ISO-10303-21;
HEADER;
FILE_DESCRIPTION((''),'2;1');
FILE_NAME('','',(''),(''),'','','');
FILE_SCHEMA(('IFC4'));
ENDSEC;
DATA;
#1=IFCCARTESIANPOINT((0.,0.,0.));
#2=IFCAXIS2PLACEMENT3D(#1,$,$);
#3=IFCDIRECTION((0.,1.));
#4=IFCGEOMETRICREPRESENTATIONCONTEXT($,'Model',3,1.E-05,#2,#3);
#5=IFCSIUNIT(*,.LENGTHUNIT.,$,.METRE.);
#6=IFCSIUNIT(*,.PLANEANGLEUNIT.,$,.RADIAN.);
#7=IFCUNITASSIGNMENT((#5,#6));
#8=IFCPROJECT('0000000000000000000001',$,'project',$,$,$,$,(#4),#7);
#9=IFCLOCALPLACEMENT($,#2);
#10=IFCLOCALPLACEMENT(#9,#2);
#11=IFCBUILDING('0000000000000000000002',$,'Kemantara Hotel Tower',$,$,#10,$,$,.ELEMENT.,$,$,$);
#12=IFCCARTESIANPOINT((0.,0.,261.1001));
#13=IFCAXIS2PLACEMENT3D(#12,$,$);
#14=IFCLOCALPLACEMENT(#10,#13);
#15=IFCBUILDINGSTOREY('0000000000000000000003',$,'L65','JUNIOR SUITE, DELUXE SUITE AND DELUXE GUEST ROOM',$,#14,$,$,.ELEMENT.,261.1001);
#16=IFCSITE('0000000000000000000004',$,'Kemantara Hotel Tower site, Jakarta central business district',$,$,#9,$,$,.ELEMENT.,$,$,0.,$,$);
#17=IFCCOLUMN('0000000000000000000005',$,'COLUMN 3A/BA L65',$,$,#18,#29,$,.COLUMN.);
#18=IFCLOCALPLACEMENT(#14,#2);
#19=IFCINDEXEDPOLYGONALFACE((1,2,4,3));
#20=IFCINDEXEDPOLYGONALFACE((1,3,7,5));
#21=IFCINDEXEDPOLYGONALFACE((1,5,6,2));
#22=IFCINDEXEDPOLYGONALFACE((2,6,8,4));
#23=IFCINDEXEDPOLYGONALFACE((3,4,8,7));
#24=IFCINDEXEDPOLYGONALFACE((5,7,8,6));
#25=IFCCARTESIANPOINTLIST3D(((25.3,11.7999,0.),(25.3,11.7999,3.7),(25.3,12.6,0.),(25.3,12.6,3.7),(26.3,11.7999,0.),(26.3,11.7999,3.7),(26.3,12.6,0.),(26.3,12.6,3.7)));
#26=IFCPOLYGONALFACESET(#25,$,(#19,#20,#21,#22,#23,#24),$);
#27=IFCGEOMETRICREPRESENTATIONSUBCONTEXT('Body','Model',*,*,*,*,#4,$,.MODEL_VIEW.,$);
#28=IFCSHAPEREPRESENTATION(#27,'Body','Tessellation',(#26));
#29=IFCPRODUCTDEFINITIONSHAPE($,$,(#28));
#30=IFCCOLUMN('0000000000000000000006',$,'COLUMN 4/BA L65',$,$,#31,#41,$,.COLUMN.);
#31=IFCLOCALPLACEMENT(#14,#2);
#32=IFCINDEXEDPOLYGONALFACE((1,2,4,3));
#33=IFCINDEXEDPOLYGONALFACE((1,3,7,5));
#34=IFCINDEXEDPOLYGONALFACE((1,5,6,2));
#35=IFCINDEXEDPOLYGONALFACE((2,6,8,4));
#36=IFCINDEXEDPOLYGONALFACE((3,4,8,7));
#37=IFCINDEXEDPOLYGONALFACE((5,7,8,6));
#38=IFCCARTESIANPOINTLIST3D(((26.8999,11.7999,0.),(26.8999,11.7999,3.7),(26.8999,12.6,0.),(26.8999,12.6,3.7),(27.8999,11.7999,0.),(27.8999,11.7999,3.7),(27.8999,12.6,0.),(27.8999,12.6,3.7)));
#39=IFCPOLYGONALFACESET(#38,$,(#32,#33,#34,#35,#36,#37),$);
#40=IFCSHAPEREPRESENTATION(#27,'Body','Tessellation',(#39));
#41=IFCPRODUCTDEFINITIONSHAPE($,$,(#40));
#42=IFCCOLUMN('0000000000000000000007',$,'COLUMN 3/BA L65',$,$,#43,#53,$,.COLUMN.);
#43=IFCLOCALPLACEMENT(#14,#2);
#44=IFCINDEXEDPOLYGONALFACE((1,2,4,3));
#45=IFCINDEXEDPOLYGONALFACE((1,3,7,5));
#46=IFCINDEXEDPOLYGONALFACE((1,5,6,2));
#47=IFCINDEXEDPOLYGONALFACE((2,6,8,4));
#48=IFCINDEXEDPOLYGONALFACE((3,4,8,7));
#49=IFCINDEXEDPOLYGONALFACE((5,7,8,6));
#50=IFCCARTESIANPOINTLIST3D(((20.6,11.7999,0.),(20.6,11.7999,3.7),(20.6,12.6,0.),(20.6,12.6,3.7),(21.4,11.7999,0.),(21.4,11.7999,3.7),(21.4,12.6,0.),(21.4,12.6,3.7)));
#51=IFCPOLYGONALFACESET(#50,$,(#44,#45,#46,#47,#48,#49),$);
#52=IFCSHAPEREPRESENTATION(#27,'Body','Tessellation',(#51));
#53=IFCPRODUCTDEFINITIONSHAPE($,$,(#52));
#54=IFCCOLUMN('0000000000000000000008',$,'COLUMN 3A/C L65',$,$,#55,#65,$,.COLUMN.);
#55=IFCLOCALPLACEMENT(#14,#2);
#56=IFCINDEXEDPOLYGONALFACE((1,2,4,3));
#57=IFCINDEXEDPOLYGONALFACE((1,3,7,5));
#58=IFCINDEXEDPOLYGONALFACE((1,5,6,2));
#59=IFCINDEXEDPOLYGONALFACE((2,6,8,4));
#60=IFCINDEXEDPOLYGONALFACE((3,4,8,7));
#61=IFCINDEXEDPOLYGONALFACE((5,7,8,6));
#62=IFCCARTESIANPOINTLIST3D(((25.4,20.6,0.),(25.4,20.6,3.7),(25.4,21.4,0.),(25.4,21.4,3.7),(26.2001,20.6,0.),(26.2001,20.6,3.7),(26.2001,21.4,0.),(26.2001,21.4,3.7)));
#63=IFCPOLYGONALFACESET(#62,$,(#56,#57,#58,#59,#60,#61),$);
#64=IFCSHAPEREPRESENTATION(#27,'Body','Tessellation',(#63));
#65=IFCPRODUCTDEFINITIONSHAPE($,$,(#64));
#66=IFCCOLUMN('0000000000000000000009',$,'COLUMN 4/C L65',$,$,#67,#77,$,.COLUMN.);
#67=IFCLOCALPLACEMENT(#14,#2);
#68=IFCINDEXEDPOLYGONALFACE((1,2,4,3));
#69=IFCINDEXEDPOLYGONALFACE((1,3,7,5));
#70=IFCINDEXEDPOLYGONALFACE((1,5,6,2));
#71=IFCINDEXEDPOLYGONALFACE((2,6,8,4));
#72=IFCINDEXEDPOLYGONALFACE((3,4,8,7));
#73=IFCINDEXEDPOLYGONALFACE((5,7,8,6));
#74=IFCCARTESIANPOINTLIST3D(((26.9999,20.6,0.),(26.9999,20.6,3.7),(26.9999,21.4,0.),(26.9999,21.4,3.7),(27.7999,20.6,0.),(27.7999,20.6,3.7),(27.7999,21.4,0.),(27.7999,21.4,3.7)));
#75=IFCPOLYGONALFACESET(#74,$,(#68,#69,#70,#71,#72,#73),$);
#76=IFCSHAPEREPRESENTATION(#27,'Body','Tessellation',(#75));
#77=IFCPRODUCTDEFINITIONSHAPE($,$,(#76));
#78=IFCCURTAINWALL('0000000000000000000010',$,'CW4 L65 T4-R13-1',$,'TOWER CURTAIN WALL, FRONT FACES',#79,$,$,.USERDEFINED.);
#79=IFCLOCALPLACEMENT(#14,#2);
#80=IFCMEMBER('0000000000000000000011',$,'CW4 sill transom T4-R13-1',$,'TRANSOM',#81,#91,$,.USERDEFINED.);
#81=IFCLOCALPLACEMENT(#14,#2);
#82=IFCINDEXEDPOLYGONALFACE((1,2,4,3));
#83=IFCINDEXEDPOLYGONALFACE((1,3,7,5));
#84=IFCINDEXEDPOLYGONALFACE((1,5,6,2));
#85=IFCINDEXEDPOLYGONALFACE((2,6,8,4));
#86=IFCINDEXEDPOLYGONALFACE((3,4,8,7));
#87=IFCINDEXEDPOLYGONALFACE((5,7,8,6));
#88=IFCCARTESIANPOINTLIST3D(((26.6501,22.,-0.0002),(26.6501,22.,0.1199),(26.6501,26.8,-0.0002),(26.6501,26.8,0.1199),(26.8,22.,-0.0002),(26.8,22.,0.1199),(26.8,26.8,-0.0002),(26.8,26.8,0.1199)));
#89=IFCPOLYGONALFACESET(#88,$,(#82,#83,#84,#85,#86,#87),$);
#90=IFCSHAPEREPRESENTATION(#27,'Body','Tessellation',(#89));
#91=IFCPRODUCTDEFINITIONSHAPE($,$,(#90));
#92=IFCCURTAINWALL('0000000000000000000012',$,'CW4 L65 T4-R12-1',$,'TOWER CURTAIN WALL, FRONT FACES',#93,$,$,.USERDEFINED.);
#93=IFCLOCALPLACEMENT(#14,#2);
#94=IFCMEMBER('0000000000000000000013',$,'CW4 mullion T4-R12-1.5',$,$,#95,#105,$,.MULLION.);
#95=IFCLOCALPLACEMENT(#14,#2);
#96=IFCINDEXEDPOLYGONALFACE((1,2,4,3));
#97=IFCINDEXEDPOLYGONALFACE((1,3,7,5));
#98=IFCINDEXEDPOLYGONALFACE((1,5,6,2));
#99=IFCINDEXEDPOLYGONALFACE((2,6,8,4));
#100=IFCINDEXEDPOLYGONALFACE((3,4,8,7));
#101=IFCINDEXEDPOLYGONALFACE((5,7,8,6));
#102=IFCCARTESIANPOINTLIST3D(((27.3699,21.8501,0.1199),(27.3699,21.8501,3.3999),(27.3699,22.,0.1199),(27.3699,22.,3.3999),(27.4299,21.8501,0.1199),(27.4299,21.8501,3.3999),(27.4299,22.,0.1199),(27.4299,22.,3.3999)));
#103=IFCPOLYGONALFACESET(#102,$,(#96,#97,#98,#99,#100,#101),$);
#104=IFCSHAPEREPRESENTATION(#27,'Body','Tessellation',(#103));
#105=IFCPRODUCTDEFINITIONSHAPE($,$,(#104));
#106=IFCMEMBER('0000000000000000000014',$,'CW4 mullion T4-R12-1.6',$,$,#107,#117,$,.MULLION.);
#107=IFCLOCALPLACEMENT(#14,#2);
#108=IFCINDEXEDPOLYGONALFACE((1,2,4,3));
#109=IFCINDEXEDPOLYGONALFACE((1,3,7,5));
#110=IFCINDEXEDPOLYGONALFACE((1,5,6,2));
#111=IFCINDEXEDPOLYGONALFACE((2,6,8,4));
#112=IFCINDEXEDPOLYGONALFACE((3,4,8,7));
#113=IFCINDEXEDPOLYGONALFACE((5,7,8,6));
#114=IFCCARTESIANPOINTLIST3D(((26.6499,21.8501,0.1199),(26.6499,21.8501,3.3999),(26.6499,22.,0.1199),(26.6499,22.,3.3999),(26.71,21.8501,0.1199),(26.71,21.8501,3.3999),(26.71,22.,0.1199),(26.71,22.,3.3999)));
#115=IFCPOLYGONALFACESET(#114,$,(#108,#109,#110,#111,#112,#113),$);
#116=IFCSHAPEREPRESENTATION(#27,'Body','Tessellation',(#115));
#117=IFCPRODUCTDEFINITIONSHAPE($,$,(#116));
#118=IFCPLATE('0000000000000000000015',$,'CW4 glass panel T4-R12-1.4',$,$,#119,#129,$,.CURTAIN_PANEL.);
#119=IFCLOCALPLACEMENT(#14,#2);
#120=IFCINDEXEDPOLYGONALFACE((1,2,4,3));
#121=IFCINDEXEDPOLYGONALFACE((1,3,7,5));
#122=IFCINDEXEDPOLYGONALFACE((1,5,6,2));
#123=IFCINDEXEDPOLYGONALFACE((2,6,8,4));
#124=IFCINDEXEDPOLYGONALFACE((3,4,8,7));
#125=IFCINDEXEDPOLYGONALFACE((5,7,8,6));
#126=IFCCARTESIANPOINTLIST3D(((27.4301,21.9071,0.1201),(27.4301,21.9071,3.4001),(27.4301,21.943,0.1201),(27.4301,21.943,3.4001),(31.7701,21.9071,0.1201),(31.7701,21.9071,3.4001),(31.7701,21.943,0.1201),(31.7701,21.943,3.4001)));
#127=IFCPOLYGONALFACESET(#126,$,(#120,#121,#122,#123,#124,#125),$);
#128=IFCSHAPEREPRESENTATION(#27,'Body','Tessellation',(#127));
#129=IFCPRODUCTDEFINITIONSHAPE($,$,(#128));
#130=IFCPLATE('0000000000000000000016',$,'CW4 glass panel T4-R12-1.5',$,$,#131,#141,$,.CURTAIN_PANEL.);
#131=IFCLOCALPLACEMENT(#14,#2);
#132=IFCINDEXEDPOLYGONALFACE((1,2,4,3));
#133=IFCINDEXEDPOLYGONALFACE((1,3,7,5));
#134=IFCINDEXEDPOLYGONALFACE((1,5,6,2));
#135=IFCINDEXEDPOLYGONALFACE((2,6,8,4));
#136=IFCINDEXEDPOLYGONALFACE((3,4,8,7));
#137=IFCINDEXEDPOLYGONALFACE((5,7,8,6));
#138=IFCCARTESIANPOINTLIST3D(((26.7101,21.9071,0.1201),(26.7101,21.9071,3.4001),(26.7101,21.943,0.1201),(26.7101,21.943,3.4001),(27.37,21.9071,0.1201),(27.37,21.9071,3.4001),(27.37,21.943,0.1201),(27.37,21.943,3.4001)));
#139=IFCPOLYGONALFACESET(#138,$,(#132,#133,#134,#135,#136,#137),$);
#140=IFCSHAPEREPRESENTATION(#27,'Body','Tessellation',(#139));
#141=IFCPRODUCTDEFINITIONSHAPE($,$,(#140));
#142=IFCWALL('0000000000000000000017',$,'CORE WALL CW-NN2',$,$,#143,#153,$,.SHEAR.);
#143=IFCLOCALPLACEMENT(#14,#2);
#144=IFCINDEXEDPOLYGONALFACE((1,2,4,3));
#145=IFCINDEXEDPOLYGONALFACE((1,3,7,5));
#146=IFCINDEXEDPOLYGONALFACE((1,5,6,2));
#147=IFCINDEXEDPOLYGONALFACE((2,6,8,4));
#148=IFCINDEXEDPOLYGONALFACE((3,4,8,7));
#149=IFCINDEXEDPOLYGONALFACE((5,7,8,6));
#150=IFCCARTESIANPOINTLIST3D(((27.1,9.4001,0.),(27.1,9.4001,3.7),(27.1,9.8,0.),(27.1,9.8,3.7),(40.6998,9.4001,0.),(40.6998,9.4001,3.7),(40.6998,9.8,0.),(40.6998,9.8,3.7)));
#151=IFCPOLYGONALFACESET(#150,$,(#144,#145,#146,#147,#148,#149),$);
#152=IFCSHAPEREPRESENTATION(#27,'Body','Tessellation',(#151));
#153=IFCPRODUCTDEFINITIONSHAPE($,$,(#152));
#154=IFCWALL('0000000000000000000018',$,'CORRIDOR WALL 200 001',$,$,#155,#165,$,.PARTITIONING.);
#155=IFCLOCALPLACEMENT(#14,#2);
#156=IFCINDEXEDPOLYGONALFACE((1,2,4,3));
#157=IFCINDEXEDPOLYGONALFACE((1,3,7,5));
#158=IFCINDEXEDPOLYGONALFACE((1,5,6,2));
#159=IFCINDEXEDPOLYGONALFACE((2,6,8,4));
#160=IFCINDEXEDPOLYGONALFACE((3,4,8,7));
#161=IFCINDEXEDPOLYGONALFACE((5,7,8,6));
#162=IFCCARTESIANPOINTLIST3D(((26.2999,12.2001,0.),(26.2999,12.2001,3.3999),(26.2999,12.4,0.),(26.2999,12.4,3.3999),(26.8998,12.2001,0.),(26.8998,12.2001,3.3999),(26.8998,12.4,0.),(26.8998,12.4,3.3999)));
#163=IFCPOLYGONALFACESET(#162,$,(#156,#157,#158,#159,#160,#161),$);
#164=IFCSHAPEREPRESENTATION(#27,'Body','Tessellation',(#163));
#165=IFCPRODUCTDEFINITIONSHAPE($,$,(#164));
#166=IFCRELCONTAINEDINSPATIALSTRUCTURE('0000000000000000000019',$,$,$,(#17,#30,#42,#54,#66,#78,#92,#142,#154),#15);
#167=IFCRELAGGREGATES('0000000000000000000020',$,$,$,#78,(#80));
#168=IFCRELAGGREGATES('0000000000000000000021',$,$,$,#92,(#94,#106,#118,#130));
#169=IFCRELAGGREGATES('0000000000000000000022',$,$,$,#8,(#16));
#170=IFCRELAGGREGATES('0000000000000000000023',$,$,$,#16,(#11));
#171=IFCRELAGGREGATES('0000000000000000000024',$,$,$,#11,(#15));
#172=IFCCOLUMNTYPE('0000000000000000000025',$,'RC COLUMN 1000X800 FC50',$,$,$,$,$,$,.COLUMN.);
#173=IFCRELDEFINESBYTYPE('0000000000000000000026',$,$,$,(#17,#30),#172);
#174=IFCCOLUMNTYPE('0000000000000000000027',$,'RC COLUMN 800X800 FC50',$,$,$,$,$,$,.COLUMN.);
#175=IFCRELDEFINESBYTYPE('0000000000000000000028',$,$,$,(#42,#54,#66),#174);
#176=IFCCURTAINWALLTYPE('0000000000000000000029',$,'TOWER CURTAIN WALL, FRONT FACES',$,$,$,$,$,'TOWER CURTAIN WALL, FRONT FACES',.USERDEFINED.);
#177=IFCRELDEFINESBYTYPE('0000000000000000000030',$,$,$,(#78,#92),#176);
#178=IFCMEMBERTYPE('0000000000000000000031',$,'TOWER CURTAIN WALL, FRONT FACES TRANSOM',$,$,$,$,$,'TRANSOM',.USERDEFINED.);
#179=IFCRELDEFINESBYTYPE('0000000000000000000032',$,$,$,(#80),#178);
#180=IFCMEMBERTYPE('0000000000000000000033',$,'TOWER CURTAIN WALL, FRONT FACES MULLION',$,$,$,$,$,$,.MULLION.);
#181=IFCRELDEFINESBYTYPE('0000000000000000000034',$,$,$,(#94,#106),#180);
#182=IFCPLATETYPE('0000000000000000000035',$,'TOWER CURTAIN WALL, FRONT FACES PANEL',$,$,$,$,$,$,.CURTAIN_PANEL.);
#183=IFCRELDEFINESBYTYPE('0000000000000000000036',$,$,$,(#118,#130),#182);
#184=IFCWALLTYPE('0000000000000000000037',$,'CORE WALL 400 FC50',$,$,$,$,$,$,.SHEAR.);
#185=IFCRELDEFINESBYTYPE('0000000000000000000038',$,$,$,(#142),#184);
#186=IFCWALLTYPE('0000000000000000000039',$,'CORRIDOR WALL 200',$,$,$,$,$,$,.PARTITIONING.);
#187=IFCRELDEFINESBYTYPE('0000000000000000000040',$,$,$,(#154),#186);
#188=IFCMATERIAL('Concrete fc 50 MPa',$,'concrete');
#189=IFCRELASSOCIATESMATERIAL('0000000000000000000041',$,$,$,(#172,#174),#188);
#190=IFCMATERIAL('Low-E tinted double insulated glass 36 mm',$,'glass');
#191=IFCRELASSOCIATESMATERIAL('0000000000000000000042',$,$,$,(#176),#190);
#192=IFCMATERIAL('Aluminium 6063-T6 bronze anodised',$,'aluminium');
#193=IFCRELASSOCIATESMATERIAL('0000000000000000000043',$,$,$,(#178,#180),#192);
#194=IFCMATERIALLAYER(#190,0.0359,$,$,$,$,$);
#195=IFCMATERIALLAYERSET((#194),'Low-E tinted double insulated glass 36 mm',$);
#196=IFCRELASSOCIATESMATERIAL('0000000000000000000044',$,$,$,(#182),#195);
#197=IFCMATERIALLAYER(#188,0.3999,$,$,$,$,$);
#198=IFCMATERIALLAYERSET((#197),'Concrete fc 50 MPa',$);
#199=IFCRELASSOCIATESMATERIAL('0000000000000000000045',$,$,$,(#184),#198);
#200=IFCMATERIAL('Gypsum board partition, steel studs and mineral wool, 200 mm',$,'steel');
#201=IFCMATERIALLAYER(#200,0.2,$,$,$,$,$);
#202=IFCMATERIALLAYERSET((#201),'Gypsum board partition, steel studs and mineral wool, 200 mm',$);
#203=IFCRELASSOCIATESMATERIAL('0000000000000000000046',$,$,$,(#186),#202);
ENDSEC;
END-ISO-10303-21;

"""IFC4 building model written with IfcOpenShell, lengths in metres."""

from ifc_helpers import new_model, si_unit, direction, frame, frame_2d, origin, origin_2d, place, context, subcontext, project, spatial, rectangle, extrude, source, transform, mapped, material, layer, layer_set, material_profile, profile_set, type_object, element, aggregate, save


model = new_model("IFC4")

# Units and contexts
model_context = context("Model", 3, precision=1e-05, world=origin(), true_north=direction((0.0, 1.0)))
body_context = subcontext(model_context, "Body", "Model", "MODEL_VIEW")
ifc_project = project(units=[si_unit("LENGTHUNIT", "METRE"), si_unit("PLANEANGLEUNIT", "RADIAN")], contexts=[model_context])

# Site, building, storey
site_placement = place(None, origin())
site = spatial("IfcSite", under=ifc_project, at=site_placement, Name="Kemantara Hotel Tower site, Jakarta central business district", CompositionType="ELEMENT", RefElevation=0.0)
building_placement = place(site_placement, origin())
building = spatial("IfcBuilding", under=site, at=building_placement, Name="Kemantara Hotel Tower", CompositionType="ELEMENT")
storey_placement = place(building_placement, frame((0.0, 0.0, 261.1001)))
storey = spatial("IfcBuildingStorey", under=building, at=storey_placement, Name="L65", Description="JUNIOR SUITE, DELUXE SUITE AND DELUXE GUEST ROOM", CompositionType="ELEMENT", Elevation=261.1001)

# Columns
ifc_material_1 = material(Name="Concrete fc 50 MPa", Category="concrete")
ifc_material_profile_1 = material_profile(ifc_material_1, rectangle(XDim=1.0, YDim=0.8, at=origin_2d()), Name="RC 1000X800")
ifc_profile_set_1 = profile_set([ifc_material_profile_1], Name="Concrete fc 50 MPa")
column_type_1 = type_object("IfcColumnType", Name="RC COLUMN 1000X800 FC50", PredefinedType="COLUMN", material=ifc_profile_set_1)
for number, where, z_axis, x_axis, name in (
    (1, (25.8, 12.2, 0.0), (0.0, 0.0, 1.0), (1.0, 0.0, 0.0), "COLUMN 3A/BA L65"),
    (2, (27.3999, 12.2, 0.0), (0.0, 0.0, 1.0), (1.0, 0.0, 0.0), "COLUMN 4/BA L65"),
):
    element("IfcColumn", number, at=place(storey_placement, frame(where, z_axis=z_axis, x_axis=x_axis)), inside=storey, type_object=column_type_1, Name=name, PredefinedType="COLUMN", context=body_context, shape_type="SweptSolid", body=[
        extrude(rectangle(XDim=1.0, YDim=0.8, at=origin_2d()), origin(), (0.0, 0.0, 1.0), 3.7),
    ])
ifc_material_profile_2 = material_profile(ifc_material_1, rectangle(XDim=0.8, YDim=0.8, at=origin_2d()), Name="RC 800X800")
ifc_profile_set_2 = profile_set([ifc_material_profile_2], Name="Concrete fc 50 MPa")
column_type_2 = type_object("IfcColumnType", Name="RC COLUMN 800X800 FC50", PredefinedType="COLUMN", material=ifc_profile_set_2)
for number, where, z_axis, x_axis, name in (
    (3, (21.0, 12.2, 0.0), (0.0, 0.0, 1.0), (1.0, 0.0, 0.0), "COLUMN 3/BA L65"),
    (4, (25.8, 21.0, 0.0), (0.0, 0.0, 1.0), (1.0, 0.0, 0.0), "COLUMN 3A/C L65"),
    (5, (27.3999, 21.0, 0.0), (0.0, 0.0, 1.0), (1.0, 0.0, 0.0), "COLUMN 4/C L65"),
):
    element("IfcColumn", number, at=place(storey_placement, frame(where, z_axis=z_axis, x_axis=x_axis)), inside=storey, type_object=column_type_2, Name=name, PredefinedType="COLUMN", context=body_context, shape_type="SweptSolid", body=[
        extrude(rectangle(XDim=0.8, YDim=0.8, at=origin_2d()), origin(), (0.0, 0.0, 1.0), 3.7),
    ])

# Curtain wall, member
ifc_material_2 = material(Name="Low-E tinted double insulated glass 36 mm", Category="glass")
curtain_wall_type = type_object("IfcCurtainWallType", Name="TOWER CURTAIN WALL, FRONT FACES", ElementType="TOWER CURTAIN WALL, FRONT FACES", PredefinedType="USERDEFINED", material=ifc_material_2)
curtain_wall_1_placement = place(storey_placement, origin())
curtain_wall_1 = element("IfcCurtainWall", 6, at=curtain_wall_1_placement, inside=storey, type_object=curtain_wall_type, Name="CW4 L65 T4-R13-1", ObjectType="TOWER CURTAIN WALL, FRONT FACES", PredefinedType="USERDEFINED")
ifc_material_3 = material(Name="Aluminium 6063-T6 bronze anodised", Category="aluminium")
ifc_material_profile_3 = material_profile(ifc_material_3, rectangle(XDim=0.1499, YDim=0.1201, at=origin_2d()), Name="TOWER CURTAIN WALL, FRONT FACES TRANSOM")
ifc_profile_set_3 = profile_set([ifc_material_profile_3], Name="Aluminium 6063-T6 bronze anodised")
member_type_1 = type_object("IfcMemberType", Name="TOWER CURTAIN WALL, FRONT FACES TRANSOM", ElementType="TRANSOM", PredefinedType="USERDEFINED", material=ifc_profile_set_3)
member_1_placement = place(storey_placement, frame((26.7251, 22.0, 0.0598), z_axis=(0.0, 1.0, 0.0), x_axis=(-1.0, 0.0, 0.0)))
member_1 = element("IfcMember", 7, at=member_1_placement, type_object=member_type_1, Name="CW4 sill transom T4-R13-1", ObjectType="TRANSOM", PredefinedType="USERDEFINED", context=body_context, shape_type="SweptSolid", body=[
    extrude(rectangle(XDim=0.1499, YDim=0.1201, at=origin_2d()), origin(), (0.0, 0.0, 1.0), 4.8),
])
aggregate(curtain_wall_1, [member_1])

# Curtain wall, members, plates
curtain_wall_2_placement = place(storey_placement, origin())
curtain_wall_2 = element("IfcCurtainWall", 8, at=curtain_wall_2_placement, inside=storey, type_object=curtain_wall_type, Name="CW4 L65 T4-R12-1", ObjectType="TOWER CURTAIN WALL, FRONT FACES", PredefinedType="USERDEFINED")
ifc_material_profile_4 = material_profile(ifc_material_3, rectangle(XDim=0.1499, YDim=0.0601, at=origin_2d()), Name="TOWER CURTAIN WALL, FRONT FACES MULLION")
ifc_profile_set_4 = profile_set([ifc_material_profile_4], Name="Aluminium 6063-T6 bronze anodised")
member_type_2 = type_object("IfcMemberType", Name="TOWER CURTAIN WALL, FRONT FACES MULLION", PredefinedType="MULLION", material=ifc_profile_set_4)
shared_shape_1 = source(origin(), body_context, "Body", "SweptSolid", [
    extrude(rectangle(XDim=0.1499, YDim=0.0601, at=origin_2d()), origin(), (0.0, 0.0, 1.0), 3.28),
])
member_2_placement = place(storey_placement, frame((27.3999, 21.925, 0.1199), z_axis=(0.0, 0.0, 1.0), x_axis=(0.0, -1.0, 0.0)))
member_2 = element("IfcMember", 9, at=member_2_placement, type_object=member_type_2, Name="CW4 mullion T4-R12-1.5", PredefinedType="MULLION", context=body_context, shape_type="MappedRepresentation", body=[
    mapped(shared_shape_1, transform((0.0, 0.0, 0.0))),
])
member_3_placement = place(storey_placement, frame((26.6799, 21.925, 0.1199), z_axis=(0.0, 0.0, 1.0), x_axis=(0.0, -1.0, 0.0)))
member_3 = element("IfcMember", 10, at=member_3_placement, type_object=member_type_2, Name="CW4 mullion T4-R12-1.6", PredefinedType="MULLION", context=body_context, shape_type="MappedRepresentation", body=[
    mapped(shared_shape_1, transform((0.0, 0.0, 0.0))),
])
ifc_layer_1 = layer(ifc_material_2, 0.0359)
ifc_layer_set_1 = layer_set([ifc_layer_1], Name="Low-E tinted double insulated glass 36 mm")
plate_type = type_object("IfcPlateType", Name="TOWER CURTAIN WALL, FRONT FACES PANEL", PredefinedType="CURTAIN_PANEL", material=ifc_layer_set_1)
shared_shape_2 = source(origin(), body_context, "Body", "SweptSolid", [
    extrude(rectangle(XDim=4.3401, YDim=0.0359, at=origin_2d()), origin(), (0.0, 0.0, 1.0), 3.28),
])
plate_1_placement = place(storey_placement, frame((29.6001, 21.925, 0.1201), z_axis=(0.0, 0.0, 1.0), x_axis=(-1.0, 0.0, 0.0)))
plate_1 = element("IfcPlate", 11, at=plate_1_placement, type_object=plate_type, Name="CW4 glass panel T4-R12-1.4", PredefinedType="CURTAIN_PANEL", context=body_context, shape_type="MappedRepresentation", body=[
    mapped(shared_shape_2, transform((0.0, 0.0, 0.0))),
])
shared_shape_3 = source(origin(), body_context, "Body", "SweptSolid", [
    extrude(rectangle(XDim=0.6599, YDim=0.0359, at=origin_2d()), origin(), (0.0, 0.0, 1.0), 3.28),
])
plate_2_placement = place(storey_placement, frame((27.04, 21.925, 0.1201), z_axis=(0.0, 0.0, 1.0), x_axis=(-1.0, 0.0, 0.0)))
plate_2 = element("IfcPlate", 12, at=plate_2_placement, type_object=plate_type, Name="CW4 glass panel T4-R12-1.5", PredefinedType="CURTAIN_PANEL", context=body_context, shape_type="MappedRepresentation", body=[
    mapped(shared_shape_3, transform((0.0, 0.0, 0.0))),
])
aggregate(curtain_wall_2, [member_2, member_3, plate_1, plate_2])

# Walls
ifc_layer_2 = layer(ifc_material_1, 0.3999)
ifc_layer_set_2 = layer_set([ifc_layer_2], Name="Concrete fc 50 MPa")
wall_type_1 = type_object("IfcWallType", Name="CORE WALL 400 FC50", PredefinedType="SHEAR", material=ifc_layer_set_2)
wall_1_placement = place(storey_placement, frame((27.1001, 9.6001, 0.0), z_axis=(0.0, 0.0, 1.0), x_axis=(1.0, 0.0, 0.0)))
element("IfcWall", 13, at=wall_1_placement, inside=storey, type_object=wall_type_1, Name="CORE WALL CW-NN2", PredefinedType="SHEAR", context=body_context, shape_type="SweptSolid", body=[
    extrude(rectangle(XDim=13.5999, YDim=0.3999, at=frame_2d((6.7998, 0.0))), origin(), (0.0, 0.0, 1.0), 3.7),
])
ifc_material_4 = material(Name="Gypsum board partition, steel studs and mineral wool, 200 mm", Category="steel")
ifc_layer_3 = layer(ifc_material_4, 0.2)
ifc_layer_set_3 = layer_set([ifc_layer_3], Name="Gypsum board partition, steel studs and mineral wool, 200 mm")
wall_type_2 = type_object("IfcWallType", Name="CORRIDOR WALL 200", PredefinedType="PARTITIONING", material=ifc_layer_set_3)
wall_2_placement = place(storey_placement, frame((26.3, 12.3, 0.0), z_axis=(0.0, 0.0, 1.0), x_axis=(1.0, 0.0, 0.0)))
element("IfcWall", 14, at=wall_2_placement, inside=storey, type_object=wall_type_2, Name="CORRIDOR WALL 200 001", PredefinedType="PARTITIONING", context=body_context, shape_type="SweptSolid", body=[
    extrude(rectangle(XDim=0.5999, YDim=0.2, at=frame_2d((0.2998, 0.0))), origin(), (0.0, 0.0, 1.0), 3.3999),
])

save(model, "model.ifc")
